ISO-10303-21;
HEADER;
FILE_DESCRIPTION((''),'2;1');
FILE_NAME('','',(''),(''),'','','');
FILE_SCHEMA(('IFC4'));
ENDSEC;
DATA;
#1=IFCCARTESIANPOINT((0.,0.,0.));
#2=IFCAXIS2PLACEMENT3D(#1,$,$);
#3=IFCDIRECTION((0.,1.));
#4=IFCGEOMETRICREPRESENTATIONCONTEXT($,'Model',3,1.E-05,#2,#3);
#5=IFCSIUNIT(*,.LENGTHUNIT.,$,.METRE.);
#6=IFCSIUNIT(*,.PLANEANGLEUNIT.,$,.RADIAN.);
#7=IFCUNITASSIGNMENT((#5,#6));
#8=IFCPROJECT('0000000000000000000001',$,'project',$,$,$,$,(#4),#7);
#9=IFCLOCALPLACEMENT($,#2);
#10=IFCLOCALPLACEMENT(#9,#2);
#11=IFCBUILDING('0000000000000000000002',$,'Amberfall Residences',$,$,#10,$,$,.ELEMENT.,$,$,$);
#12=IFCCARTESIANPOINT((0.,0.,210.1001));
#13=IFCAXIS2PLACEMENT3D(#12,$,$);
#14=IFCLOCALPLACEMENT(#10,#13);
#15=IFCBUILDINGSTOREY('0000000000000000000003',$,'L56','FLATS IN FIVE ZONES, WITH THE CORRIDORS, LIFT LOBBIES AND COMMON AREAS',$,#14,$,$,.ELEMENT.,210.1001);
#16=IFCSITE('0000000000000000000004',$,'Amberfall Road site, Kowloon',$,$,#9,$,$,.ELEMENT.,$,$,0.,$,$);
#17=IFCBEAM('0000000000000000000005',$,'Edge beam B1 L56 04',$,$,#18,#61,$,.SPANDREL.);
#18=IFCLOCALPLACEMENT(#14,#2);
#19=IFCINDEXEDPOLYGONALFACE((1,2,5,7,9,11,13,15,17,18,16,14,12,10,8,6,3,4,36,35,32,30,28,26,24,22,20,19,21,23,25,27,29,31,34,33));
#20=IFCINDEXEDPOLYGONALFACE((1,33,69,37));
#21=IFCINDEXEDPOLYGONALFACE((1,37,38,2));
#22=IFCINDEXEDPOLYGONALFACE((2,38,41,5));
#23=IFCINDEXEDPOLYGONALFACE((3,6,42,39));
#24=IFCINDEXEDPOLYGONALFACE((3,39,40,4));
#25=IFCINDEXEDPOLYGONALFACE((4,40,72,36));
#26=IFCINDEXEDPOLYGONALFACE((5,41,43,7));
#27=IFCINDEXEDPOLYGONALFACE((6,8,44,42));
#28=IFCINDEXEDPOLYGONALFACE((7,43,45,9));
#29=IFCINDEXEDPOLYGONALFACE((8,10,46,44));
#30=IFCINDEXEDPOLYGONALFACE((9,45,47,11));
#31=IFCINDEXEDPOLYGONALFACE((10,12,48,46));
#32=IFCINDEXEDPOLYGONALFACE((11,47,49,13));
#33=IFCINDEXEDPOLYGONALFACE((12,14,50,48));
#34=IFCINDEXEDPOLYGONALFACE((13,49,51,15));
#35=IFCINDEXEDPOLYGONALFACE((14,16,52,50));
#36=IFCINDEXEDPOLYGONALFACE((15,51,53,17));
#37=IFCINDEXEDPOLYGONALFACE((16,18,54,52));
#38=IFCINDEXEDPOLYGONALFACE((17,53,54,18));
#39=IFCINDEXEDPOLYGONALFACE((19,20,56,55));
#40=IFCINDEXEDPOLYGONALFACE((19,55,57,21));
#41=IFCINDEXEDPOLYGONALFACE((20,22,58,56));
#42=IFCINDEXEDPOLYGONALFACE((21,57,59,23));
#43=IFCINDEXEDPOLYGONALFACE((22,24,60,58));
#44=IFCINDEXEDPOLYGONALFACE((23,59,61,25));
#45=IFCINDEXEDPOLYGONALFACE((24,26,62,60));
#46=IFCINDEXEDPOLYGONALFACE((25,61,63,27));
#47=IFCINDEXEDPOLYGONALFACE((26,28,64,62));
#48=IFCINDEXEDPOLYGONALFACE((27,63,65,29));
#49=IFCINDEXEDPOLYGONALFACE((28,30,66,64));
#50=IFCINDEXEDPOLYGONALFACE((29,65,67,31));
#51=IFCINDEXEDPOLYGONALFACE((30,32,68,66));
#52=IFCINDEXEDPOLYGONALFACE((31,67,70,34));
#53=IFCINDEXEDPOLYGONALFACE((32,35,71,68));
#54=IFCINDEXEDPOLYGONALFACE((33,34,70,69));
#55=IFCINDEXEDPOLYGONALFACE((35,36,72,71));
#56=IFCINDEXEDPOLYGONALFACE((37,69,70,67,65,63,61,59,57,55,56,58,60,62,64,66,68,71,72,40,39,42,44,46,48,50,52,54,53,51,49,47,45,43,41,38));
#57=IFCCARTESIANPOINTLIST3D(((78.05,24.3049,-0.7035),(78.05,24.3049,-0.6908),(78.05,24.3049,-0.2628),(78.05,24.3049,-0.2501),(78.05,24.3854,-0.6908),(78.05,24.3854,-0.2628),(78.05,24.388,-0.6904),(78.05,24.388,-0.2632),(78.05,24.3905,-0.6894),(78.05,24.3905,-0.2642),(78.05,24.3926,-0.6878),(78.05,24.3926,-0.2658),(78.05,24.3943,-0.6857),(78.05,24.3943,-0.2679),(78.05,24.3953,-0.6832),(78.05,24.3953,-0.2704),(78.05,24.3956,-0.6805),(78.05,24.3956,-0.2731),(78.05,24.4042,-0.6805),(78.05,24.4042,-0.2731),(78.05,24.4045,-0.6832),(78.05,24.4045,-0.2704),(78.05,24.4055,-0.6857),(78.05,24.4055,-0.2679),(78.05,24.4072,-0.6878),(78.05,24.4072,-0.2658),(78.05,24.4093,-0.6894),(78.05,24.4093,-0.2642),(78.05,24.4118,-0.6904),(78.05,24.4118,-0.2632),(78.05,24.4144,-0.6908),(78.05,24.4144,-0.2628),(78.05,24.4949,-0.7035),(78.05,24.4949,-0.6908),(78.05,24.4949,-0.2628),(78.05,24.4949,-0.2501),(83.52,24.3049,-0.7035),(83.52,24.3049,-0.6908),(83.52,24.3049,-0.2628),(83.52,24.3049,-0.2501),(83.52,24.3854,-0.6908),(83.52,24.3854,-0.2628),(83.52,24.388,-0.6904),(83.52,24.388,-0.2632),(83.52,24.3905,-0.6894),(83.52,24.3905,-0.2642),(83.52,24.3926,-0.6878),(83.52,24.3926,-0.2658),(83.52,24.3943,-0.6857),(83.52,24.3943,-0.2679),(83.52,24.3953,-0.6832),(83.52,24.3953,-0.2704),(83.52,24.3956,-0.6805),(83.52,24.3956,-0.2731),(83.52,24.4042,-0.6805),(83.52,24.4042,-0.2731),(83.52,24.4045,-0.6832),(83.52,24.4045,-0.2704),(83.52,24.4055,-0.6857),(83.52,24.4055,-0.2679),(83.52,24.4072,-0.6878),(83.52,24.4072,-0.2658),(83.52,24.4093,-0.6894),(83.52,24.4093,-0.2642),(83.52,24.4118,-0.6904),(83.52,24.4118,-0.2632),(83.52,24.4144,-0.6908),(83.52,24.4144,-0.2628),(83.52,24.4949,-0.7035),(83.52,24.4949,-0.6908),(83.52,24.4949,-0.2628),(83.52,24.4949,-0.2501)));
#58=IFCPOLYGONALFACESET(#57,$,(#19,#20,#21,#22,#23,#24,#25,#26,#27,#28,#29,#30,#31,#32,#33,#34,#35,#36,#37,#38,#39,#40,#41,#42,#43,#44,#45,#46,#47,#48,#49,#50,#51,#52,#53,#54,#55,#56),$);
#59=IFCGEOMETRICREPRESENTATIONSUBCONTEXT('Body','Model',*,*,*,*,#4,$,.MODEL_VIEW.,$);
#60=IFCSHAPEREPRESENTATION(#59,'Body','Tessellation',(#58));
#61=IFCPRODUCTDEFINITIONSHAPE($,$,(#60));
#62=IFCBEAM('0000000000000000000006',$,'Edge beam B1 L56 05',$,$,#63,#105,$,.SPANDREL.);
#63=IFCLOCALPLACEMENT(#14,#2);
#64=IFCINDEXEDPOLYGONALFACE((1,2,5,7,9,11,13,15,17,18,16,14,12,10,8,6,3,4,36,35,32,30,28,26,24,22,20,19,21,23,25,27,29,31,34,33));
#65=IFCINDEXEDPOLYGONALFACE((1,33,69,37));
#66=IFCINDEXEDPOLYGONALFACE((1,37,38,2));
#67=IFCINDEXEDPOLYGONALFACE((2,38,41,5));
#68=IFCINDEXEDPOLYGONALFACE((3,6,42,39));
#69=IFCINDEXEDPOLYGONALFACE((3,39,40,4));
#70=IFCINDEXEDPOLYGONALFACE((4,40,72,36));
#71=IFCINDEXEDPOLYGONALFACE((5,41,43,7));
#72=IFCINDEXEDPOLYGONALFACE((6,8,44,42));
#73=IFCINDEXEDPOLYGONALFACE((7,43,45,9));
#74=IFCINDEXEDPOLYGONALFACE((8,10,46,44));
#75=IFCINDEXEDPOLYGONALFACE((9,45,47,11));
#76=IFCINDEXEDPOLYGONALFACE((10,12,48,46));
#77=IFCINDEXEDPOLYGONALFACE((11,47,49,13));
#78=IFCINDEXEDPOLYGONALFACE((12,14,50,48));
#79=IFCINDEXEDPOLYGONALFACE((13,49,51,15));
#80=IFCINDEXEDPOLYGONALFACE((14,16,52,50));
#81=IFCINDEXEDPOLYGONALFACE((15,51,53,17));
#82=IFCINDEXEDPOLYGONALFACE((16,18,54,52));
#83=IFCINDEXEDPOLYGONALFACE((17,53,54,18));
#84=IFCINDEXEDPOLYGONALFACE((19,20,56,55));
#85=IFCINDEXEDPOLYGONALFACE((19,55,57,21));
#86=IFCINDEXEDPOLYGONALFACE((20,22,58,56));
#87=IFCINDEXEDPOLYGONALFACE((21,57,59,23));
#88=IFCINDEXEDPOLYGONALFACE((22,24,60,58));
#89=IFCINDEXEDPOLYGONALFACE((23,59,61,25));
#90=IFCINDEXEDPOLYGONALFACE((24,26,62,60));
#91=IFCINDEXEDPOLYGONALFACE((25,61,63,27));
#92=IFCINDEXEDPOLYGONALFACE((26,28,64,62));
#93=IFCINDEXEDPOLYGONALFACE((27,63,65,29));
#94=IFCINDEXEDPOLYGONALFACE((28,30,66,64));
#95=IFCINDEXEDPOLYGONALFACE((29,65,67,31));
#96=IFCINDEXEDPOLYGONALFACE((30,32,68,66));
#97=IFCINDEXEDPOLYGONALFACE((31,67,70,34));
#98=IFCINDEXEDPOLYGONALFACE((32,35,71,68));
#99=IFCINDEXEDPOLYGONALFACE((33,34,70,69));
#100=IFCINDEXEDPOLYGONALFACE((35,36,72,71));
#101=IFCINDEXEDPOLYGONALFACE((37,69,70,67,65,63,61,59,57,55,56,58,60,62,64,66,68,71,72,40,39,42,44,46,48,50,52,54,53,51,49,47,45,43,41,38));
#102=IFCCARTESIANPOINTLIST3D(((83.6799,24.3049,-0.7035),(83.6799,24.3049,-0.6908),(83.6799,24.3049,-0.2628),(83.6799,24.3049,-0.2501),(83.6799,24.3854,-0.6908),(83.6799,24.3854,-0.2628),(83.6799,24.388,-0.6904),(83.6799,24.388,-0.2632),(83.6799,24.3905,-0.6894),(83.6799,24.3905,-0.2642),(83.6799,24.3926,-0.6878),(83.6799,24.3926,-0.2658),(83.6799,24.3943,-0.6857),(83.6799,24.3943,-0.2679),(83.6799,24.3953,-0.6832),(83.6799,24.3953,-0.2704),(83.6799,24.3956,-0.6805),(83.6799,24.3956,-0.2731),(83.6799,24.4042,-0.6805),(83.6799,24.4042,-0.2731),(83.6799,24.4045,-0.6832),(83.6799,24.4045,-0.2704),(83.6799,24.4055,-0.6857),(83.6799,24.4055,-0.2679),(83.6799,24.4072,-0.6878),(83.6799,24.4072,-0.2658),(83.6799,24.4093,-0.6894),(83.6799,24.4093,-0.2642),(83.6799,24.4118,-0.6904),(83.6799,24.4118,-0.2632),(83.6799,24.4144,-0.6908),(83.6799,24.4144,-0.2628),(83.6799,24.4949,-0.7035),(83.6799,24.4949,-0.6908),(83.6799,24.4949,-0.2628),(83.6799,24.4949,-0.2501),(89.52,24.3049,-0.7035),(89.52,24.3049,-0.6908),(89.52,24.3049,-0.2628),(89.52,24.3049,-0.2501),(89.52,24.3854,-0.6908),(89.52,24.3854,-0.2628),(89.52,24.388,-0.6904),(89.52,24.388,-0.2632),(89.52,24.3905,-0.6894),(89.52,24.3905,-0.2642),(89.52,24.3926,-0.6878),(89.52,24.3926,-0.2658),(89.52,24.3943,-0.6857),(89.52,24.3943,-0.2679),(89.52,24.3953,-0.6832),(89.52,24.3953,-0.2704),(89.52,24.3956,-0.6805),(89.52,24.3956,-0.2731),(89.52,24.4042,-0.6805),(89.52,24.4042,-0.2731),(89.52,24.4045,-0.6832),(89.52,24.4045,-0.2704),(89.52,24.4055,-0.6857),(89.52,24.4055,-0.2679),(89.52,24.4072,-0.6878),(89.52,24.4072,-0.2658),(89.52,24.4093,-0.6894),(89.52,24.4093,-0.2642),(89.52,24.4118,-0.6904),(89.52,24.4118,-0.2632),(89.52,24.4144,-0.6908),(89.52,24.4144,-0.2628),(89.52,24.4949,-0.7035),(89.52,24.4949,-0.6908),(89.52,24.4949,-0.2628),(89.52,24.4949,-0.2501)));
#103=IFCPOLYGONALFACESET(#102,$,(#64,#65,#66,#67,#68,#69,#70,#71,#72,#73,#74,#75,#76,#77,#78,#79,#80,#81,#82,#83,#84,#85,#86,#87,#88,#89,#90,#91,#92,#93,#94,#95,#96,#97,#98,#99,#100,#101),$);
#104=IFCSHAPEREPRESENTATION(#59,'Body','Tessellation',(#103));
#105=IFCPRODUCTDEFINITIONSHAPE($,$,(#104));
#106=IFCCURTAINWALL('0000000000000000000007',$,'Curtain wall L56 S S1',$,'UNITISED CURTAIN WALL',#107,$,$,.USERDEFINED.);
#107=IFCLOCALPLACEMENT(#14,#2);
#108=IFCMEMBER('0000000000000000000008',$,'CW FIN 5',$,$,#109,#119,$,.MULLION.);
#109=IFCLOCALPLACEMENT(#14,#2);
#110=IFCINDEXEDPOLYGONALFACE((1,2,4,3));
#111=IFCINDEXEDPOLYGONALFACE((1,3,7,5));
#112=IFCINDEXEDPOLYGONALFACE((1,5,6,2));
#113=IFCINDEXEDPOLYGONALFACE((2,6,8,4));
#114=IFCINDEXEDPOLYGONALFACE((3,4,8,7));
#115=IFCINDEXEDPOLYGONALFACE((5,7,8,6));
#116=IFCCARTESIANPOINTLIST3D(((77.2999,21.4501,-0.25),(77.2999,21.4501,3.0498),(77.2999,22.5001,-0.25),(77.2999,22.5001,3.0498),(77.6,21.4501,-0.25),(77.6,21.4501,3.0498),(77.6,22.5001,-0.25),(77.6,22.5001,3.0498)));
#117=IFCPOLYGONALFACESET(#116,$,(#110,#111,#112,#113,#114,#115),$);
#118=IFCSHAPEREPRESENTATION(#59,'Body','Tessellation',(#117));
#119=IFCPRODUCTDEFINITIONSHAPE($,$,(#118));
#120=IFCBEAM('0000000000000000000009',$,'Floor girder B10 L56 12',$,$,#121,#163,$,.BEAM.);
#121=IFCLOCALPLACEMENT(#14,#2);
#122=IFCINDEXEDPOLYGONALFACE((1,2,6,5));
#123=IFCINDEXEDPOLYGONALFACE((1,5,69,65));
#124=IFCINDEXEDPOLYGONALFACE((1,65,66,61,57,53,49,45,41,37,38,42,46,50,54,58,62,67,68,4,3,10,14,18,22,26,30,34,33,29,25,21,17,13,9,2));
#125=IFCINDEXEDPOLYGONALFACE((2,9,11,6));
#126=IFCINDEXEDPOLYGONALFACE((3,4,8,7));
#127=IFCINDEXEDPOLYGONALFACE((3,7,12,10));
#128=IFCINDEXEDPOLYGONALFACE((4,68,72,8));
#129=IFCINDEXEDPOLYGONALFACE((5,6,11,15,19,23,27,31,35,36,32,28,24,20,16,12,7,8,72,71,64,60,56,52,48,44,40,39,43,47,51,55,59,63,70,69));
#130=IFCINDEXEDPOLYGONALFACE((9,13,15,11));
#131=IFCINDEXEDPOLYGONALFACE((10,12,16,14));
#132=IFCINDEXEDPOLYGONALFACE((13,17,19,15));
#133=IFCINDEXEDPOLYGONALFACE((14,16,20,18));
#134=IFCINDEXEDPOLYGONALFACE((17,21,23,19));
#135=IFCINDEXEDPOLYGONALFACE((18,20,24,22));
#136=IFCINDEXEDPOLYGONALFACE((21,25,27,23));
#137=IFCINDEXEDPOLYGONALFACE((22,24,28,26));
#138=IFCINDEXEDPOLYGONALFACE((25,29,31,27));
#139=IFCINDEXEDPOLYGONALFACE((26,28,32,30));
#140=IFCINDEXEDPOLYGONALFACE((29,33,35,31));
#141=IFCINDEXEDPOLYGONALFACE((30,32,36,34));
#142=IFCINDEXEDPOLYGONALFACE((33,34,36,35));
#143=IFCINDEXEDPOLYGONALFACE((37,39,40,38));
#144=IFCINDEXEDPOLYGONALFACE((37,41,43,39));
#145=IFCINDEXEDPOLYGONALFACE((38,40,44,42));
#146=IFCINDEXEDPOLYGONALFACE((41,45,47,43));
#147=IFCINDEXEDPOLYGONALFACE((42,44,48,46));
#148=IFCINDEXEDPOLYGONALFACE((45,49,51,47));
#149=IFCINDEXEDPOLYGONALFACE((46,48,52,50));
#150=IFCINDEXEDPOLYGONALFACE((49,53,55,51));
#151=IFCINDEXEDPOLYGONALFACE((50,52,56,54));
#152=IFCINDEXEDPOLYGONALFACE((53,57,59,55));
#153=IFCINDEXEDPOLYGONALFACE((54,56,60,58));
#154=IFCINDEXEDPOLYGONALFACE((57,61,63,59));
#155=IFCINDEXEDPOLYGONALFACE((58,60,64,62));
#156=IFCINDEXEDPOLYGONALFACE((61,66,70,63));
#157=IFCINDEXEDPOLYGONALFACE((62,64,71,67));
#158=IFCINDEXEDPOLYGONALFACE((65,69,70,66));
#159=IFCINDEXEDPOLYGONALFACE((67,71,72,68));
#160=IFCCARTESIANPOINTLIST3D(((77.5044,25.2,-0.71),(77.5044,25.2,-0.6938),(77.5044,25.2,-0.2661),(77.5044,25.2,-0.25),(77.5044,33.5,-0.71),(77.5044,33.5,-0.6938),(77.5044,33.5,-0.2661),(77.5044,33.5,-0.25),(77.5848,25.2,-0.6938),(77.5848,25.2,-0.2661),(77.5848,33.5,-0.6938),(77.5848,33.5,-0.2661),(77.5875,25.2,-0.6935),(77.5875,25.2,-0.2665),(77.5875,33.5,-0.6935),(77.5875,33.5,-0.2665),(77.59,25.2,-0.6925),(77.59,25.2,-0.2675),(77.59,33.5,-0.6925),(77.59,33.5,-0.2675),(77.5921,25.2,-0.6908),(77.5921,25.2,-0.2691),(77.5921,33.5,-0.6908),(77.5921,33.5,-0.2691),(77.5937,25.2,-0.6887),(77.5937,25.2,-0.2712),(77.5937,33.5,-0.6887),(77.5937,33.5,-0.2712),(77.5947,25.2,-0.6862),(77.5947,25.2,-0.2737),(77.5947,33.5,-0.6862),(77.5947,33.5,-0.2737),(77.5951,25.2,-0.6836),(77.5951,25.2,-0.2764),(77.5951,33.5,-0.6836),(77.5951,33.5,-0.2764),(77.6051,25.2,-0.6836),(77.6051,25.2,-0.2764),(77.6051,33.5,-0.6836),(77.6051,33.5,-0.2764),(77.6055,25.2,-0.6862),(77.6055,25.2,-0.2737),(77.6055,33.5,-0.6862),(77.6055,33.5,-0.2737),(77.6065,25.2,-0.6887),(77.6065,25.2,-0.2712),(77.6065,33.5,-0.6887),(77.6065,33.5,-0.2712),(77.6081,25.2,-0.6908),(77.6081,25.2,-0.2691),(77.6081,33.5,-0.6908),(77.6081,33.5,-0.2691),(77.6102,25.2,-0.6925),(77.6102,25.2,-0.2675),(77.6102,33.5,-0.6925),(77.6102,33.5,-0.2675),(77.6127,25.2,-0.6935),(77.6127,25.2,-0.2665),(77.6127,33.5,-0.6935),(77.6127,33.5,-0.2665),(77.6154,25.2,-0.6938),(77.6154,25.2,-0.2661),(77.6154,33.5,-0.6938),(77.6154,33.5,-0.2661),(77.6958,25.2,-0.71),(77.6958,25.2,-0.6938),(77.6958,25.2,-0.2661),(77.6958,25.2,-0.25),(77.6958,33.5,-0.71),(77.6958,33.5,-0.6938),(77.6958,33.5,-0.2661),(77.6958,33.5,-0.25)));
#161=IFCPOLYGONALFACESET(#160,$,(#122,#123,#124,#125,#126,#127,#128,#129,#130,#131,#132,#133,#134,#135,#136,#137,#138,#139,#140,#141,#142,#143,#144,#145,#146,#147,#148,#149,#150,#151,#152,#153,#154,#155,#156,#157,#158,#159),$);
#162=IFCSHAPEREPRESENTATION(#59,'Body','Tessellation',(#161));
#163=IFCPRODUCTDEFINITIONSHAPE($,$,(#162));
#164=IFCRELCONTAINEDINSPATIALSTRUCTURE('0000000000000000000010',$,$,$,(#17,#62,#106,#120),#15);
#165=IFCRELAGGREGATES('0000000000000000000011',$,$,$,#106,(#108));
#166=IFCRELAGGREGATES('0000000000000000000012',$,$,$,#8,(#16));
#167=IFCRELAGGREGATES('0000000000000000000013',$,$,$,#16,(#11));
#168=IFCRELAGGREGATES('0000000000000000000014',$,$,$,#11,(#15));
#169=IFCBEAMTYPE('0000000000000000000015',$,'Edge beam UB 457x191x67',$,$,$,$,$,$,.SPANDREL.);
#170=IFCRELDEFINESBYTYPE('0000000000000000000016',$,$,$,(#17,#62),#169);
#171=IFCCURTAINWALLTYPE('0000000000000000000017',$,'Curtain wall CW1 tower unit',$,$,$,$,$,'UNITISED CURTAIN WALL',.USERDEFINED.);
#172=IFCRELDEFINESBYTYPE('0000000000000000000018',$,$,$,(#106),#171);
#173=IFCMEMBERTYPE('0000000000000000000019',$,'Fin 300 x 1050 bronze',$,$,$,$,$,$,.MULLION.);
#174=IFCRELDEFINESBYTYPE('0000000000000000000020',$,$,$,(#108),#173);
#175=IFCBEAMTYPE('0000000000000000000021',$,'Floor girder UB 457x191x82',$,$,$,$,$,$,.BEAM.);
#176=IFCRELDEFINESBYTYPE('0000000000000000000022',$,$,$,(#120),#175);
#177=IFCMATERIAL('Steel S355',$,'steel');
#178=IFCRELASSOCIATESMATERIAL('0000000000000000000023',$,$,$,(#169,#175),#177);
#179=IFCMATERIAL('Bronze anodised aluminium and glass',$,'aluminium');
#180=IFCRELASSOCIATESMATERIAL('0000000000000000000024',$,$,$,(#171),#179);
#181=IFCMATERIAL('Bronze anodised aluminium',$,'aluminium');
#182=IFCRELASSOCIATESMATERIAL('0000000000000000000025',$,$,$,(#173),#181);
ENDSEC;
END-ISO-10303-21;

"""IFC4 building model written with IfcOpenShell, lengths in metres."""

from ifc_helpers import new_model, si_unit, direction, frame, origin, origin_2d, place, context, subcontext, project, spatial, rectangle, i_section, extrude, material, material_profile, profile_set, type_object, element, aggregate, save


model = new_model("IFC4")

# Units and contexts
model_context = context("Model", 3, precision=1e-05, world=origin(), true_north=direction((0.0, 1.0)))
body_context = subcontext(model_context, "Body", "Model", "MODEL_VIEW")
ifc_project = project(units=[si_unit("LENGTHUNIT", "METRE"), si_unit("PLANEANGLEUNIT", "RADIAN")], contexts=[model_context])

# Site, building, storey
site_placement = place(None, origin())
site = spatial("IfcSite", under=ifc_project, at=site_placement, Name="Amberfall Road site, Kowloon", CompositionType="ELEMENT", RefElevation=0.0)
building_placement = place(site_placement, origin())
building = spatial("IfcBuilding", under=site, at=building_placement, Name="Amberfall Residences", CompositionType="ELEMENT")
storey_placement = place(building_placement, frame((0.0, 0.0, 210.1001)))
storey = spatial("IfcBuildingStorey", under=building, at=storey_placement, Name="L56", Description="FLATS IN FIVE ZONES, WITH THE CORRIDORS, LIFT LOBBIES AND COMMON AREAS", CompositionType="ELEMENT", Elevation=210.1001)

# Beams
ifc_material_1 = material(Name="Steel S355", Category="steel")
ifc_material_profile_1 = material_profile(ifc_material_1, i_section(OverallWidth=0.1899, OverallDepth=0.4534, WebThickness=0.0085, FlangeThickness=0.0127, FilletRadius=0.0103, at=origin_2d()), Name="UB 457x191x67")
ifc_profile_set_1 = profile_set([ifc_material_profile_1], Name="Steel S355")
beam_type_1 = type_object("IfcBeamType", Name="Edge beam UB 457x191x67", PredefinedType="SPANDREL", material=ifc_profile_set_1)
for number, where, z_axis, x_axis, name in (
    (1, (78.05, 24.3999, -0.4768), (1.0, 0.0, 0.0), (0.0, 1.0, 0.0), "Edge beam B1 L56 04"),
):
    element("IfcBeam", number, at=place(storey_placement, frame(where, z_axis=z_axis, x_axis=x_axis)), inside=storey, type_object=beam_type_1, Name=name, PredefinedType="SPANDREL", context=body_context, shape_type="SweptSolid", body=[
        extrude(i_section(OverallWidth=0.1899, OverallDepth=0.4534, WebThickness=0.0085, FlangeThickness=0.0127, FilletRadius=0.0103, at=origin_2d()), origin(), (0.0, 0.0, 1.0), 5.47),
    ])
beam_1_placement = place(storey_placement, frame((83.6799, 24.3999, -0.4768), z_axis=(1.0, 0.0, 0.0), x_axis=(0.0, 1.0, 0.0)))
element("IfcBeam", 2, at=beam_1_placement, inside=storey, type_object=beam_type_1, Name="Edge beam B1 L56 05", PredefinedType="SPANDREL", context=body_context, shape_type="SweptSolid", body=[
    extrude(i_section(OverallWidth=0.1899, OverallDepth=0.4534, WebThickness=0.0085, FlangeThickness=0.0127, FilletRadius=0.0103, at=origin_2d()), origin(), (0.0, 0.0, 1.0), 5.8401),
])

# Curtain wall, member
ifc_material_2 = material(Name="Bronze anodised aluminium and glass", Category="aluminium")
curtain_wall_type = type_object("IfcCurtainWallType", Name="Curtain wall CW1 tower unit", ElementType="UNITISED CURTAIN WALL", PredefinedType="USERDEFINED", material=ifc_material_2)
curtain_wall_placement = place(storey_placement, origin())
curtain_wall = element("IfcCurtainWall", 3, at=curtain_wall_placement, inside=storey, type_object=curtain_wall_type, Name="Curtain wall L56 S S1", ObjectType="UNITISED CURTAIN WALL", PredefinedType="USERDEFINED")
ifc_material_3 = material(Name="Bronze anodised aluminium", Category="aluminium")
ifc_material_profile_2 = material_profile(ifc_material_3, rectangle(XDim=1.05, YDim=0.3, at=origin_2d()), Name="Fin 300 x 1050 bronze")
ifc_profile_set_2 = profile_set([ifc_material_profile_2], Name="Bronze anodised aluminium")
member_type = type_object("IfcMemberType", Name="Fin 300 x 1050 bronze", PredefinedType="MULLION", material=ifc_profile_set_2)
member_placement = place(storey_placement, frame((77.45, 21.9751, -0.25), z_axis=(0.0, 0.0, 1.0), x_axis=(0.0, 1.0, 0.0)))
member = element("IfcMember", 4, at=member_placement, type_object=member_type, Name="CW FIN 5", PredefinedType="MULLION", context=body_context, shape_type="SweptSolid", body=[
    extrude(rectangle(XDim=1.05, YDim=0.3, at=origin_2d()), origin(), (0.0, 0.0, 1.0), 3.2998),
])

# Beam
ifc_material_profile_3 = material_profile(ifc_material_1, i_section(OverallWidth=0.1914, OverallDepth=0.46, WebThickness=0.01, FlangeThickness=0.0161, FilletRadius=0.0103, at=origin_2d()), Name="UB 457x191x82")
ifc_profile_set_3 = profile_set([ifc_material_profile_3], Name="Steel S355")
beam_type_2 = type_object("IfcBeamType", Name="Floor girder UB 457x191x82", PredefinedType="BEAM", material=ifc_profile_set_3)
beam_2_placement = place(storey_placement, frame((77.6001, 25.2, -0.48), z_axis=(0.0, 1.0, 0.0), x_axis=(-1.0, 0.0, 0.0)))
element("IfcBeam", 5, at=beam_2_placement, inside=storey, type_object=beam_type_2, Name="Floor girder B10 L56 12", PredefinedType="BEAM", context=body_context, shape_type="SweptSolid", body=[
    extrude(i_section(OverallWidth=0.1914, OverallDepth=0.46, WebThickness=0.01, FlangeThickness=0.0161, FilletRadius=0.0103, at=origin_2d()), origin(), (0.0, 0.0, 1.0), 8.3),
])

aggregate(curtain_wall, [member])

save(model, "model.ifc")
